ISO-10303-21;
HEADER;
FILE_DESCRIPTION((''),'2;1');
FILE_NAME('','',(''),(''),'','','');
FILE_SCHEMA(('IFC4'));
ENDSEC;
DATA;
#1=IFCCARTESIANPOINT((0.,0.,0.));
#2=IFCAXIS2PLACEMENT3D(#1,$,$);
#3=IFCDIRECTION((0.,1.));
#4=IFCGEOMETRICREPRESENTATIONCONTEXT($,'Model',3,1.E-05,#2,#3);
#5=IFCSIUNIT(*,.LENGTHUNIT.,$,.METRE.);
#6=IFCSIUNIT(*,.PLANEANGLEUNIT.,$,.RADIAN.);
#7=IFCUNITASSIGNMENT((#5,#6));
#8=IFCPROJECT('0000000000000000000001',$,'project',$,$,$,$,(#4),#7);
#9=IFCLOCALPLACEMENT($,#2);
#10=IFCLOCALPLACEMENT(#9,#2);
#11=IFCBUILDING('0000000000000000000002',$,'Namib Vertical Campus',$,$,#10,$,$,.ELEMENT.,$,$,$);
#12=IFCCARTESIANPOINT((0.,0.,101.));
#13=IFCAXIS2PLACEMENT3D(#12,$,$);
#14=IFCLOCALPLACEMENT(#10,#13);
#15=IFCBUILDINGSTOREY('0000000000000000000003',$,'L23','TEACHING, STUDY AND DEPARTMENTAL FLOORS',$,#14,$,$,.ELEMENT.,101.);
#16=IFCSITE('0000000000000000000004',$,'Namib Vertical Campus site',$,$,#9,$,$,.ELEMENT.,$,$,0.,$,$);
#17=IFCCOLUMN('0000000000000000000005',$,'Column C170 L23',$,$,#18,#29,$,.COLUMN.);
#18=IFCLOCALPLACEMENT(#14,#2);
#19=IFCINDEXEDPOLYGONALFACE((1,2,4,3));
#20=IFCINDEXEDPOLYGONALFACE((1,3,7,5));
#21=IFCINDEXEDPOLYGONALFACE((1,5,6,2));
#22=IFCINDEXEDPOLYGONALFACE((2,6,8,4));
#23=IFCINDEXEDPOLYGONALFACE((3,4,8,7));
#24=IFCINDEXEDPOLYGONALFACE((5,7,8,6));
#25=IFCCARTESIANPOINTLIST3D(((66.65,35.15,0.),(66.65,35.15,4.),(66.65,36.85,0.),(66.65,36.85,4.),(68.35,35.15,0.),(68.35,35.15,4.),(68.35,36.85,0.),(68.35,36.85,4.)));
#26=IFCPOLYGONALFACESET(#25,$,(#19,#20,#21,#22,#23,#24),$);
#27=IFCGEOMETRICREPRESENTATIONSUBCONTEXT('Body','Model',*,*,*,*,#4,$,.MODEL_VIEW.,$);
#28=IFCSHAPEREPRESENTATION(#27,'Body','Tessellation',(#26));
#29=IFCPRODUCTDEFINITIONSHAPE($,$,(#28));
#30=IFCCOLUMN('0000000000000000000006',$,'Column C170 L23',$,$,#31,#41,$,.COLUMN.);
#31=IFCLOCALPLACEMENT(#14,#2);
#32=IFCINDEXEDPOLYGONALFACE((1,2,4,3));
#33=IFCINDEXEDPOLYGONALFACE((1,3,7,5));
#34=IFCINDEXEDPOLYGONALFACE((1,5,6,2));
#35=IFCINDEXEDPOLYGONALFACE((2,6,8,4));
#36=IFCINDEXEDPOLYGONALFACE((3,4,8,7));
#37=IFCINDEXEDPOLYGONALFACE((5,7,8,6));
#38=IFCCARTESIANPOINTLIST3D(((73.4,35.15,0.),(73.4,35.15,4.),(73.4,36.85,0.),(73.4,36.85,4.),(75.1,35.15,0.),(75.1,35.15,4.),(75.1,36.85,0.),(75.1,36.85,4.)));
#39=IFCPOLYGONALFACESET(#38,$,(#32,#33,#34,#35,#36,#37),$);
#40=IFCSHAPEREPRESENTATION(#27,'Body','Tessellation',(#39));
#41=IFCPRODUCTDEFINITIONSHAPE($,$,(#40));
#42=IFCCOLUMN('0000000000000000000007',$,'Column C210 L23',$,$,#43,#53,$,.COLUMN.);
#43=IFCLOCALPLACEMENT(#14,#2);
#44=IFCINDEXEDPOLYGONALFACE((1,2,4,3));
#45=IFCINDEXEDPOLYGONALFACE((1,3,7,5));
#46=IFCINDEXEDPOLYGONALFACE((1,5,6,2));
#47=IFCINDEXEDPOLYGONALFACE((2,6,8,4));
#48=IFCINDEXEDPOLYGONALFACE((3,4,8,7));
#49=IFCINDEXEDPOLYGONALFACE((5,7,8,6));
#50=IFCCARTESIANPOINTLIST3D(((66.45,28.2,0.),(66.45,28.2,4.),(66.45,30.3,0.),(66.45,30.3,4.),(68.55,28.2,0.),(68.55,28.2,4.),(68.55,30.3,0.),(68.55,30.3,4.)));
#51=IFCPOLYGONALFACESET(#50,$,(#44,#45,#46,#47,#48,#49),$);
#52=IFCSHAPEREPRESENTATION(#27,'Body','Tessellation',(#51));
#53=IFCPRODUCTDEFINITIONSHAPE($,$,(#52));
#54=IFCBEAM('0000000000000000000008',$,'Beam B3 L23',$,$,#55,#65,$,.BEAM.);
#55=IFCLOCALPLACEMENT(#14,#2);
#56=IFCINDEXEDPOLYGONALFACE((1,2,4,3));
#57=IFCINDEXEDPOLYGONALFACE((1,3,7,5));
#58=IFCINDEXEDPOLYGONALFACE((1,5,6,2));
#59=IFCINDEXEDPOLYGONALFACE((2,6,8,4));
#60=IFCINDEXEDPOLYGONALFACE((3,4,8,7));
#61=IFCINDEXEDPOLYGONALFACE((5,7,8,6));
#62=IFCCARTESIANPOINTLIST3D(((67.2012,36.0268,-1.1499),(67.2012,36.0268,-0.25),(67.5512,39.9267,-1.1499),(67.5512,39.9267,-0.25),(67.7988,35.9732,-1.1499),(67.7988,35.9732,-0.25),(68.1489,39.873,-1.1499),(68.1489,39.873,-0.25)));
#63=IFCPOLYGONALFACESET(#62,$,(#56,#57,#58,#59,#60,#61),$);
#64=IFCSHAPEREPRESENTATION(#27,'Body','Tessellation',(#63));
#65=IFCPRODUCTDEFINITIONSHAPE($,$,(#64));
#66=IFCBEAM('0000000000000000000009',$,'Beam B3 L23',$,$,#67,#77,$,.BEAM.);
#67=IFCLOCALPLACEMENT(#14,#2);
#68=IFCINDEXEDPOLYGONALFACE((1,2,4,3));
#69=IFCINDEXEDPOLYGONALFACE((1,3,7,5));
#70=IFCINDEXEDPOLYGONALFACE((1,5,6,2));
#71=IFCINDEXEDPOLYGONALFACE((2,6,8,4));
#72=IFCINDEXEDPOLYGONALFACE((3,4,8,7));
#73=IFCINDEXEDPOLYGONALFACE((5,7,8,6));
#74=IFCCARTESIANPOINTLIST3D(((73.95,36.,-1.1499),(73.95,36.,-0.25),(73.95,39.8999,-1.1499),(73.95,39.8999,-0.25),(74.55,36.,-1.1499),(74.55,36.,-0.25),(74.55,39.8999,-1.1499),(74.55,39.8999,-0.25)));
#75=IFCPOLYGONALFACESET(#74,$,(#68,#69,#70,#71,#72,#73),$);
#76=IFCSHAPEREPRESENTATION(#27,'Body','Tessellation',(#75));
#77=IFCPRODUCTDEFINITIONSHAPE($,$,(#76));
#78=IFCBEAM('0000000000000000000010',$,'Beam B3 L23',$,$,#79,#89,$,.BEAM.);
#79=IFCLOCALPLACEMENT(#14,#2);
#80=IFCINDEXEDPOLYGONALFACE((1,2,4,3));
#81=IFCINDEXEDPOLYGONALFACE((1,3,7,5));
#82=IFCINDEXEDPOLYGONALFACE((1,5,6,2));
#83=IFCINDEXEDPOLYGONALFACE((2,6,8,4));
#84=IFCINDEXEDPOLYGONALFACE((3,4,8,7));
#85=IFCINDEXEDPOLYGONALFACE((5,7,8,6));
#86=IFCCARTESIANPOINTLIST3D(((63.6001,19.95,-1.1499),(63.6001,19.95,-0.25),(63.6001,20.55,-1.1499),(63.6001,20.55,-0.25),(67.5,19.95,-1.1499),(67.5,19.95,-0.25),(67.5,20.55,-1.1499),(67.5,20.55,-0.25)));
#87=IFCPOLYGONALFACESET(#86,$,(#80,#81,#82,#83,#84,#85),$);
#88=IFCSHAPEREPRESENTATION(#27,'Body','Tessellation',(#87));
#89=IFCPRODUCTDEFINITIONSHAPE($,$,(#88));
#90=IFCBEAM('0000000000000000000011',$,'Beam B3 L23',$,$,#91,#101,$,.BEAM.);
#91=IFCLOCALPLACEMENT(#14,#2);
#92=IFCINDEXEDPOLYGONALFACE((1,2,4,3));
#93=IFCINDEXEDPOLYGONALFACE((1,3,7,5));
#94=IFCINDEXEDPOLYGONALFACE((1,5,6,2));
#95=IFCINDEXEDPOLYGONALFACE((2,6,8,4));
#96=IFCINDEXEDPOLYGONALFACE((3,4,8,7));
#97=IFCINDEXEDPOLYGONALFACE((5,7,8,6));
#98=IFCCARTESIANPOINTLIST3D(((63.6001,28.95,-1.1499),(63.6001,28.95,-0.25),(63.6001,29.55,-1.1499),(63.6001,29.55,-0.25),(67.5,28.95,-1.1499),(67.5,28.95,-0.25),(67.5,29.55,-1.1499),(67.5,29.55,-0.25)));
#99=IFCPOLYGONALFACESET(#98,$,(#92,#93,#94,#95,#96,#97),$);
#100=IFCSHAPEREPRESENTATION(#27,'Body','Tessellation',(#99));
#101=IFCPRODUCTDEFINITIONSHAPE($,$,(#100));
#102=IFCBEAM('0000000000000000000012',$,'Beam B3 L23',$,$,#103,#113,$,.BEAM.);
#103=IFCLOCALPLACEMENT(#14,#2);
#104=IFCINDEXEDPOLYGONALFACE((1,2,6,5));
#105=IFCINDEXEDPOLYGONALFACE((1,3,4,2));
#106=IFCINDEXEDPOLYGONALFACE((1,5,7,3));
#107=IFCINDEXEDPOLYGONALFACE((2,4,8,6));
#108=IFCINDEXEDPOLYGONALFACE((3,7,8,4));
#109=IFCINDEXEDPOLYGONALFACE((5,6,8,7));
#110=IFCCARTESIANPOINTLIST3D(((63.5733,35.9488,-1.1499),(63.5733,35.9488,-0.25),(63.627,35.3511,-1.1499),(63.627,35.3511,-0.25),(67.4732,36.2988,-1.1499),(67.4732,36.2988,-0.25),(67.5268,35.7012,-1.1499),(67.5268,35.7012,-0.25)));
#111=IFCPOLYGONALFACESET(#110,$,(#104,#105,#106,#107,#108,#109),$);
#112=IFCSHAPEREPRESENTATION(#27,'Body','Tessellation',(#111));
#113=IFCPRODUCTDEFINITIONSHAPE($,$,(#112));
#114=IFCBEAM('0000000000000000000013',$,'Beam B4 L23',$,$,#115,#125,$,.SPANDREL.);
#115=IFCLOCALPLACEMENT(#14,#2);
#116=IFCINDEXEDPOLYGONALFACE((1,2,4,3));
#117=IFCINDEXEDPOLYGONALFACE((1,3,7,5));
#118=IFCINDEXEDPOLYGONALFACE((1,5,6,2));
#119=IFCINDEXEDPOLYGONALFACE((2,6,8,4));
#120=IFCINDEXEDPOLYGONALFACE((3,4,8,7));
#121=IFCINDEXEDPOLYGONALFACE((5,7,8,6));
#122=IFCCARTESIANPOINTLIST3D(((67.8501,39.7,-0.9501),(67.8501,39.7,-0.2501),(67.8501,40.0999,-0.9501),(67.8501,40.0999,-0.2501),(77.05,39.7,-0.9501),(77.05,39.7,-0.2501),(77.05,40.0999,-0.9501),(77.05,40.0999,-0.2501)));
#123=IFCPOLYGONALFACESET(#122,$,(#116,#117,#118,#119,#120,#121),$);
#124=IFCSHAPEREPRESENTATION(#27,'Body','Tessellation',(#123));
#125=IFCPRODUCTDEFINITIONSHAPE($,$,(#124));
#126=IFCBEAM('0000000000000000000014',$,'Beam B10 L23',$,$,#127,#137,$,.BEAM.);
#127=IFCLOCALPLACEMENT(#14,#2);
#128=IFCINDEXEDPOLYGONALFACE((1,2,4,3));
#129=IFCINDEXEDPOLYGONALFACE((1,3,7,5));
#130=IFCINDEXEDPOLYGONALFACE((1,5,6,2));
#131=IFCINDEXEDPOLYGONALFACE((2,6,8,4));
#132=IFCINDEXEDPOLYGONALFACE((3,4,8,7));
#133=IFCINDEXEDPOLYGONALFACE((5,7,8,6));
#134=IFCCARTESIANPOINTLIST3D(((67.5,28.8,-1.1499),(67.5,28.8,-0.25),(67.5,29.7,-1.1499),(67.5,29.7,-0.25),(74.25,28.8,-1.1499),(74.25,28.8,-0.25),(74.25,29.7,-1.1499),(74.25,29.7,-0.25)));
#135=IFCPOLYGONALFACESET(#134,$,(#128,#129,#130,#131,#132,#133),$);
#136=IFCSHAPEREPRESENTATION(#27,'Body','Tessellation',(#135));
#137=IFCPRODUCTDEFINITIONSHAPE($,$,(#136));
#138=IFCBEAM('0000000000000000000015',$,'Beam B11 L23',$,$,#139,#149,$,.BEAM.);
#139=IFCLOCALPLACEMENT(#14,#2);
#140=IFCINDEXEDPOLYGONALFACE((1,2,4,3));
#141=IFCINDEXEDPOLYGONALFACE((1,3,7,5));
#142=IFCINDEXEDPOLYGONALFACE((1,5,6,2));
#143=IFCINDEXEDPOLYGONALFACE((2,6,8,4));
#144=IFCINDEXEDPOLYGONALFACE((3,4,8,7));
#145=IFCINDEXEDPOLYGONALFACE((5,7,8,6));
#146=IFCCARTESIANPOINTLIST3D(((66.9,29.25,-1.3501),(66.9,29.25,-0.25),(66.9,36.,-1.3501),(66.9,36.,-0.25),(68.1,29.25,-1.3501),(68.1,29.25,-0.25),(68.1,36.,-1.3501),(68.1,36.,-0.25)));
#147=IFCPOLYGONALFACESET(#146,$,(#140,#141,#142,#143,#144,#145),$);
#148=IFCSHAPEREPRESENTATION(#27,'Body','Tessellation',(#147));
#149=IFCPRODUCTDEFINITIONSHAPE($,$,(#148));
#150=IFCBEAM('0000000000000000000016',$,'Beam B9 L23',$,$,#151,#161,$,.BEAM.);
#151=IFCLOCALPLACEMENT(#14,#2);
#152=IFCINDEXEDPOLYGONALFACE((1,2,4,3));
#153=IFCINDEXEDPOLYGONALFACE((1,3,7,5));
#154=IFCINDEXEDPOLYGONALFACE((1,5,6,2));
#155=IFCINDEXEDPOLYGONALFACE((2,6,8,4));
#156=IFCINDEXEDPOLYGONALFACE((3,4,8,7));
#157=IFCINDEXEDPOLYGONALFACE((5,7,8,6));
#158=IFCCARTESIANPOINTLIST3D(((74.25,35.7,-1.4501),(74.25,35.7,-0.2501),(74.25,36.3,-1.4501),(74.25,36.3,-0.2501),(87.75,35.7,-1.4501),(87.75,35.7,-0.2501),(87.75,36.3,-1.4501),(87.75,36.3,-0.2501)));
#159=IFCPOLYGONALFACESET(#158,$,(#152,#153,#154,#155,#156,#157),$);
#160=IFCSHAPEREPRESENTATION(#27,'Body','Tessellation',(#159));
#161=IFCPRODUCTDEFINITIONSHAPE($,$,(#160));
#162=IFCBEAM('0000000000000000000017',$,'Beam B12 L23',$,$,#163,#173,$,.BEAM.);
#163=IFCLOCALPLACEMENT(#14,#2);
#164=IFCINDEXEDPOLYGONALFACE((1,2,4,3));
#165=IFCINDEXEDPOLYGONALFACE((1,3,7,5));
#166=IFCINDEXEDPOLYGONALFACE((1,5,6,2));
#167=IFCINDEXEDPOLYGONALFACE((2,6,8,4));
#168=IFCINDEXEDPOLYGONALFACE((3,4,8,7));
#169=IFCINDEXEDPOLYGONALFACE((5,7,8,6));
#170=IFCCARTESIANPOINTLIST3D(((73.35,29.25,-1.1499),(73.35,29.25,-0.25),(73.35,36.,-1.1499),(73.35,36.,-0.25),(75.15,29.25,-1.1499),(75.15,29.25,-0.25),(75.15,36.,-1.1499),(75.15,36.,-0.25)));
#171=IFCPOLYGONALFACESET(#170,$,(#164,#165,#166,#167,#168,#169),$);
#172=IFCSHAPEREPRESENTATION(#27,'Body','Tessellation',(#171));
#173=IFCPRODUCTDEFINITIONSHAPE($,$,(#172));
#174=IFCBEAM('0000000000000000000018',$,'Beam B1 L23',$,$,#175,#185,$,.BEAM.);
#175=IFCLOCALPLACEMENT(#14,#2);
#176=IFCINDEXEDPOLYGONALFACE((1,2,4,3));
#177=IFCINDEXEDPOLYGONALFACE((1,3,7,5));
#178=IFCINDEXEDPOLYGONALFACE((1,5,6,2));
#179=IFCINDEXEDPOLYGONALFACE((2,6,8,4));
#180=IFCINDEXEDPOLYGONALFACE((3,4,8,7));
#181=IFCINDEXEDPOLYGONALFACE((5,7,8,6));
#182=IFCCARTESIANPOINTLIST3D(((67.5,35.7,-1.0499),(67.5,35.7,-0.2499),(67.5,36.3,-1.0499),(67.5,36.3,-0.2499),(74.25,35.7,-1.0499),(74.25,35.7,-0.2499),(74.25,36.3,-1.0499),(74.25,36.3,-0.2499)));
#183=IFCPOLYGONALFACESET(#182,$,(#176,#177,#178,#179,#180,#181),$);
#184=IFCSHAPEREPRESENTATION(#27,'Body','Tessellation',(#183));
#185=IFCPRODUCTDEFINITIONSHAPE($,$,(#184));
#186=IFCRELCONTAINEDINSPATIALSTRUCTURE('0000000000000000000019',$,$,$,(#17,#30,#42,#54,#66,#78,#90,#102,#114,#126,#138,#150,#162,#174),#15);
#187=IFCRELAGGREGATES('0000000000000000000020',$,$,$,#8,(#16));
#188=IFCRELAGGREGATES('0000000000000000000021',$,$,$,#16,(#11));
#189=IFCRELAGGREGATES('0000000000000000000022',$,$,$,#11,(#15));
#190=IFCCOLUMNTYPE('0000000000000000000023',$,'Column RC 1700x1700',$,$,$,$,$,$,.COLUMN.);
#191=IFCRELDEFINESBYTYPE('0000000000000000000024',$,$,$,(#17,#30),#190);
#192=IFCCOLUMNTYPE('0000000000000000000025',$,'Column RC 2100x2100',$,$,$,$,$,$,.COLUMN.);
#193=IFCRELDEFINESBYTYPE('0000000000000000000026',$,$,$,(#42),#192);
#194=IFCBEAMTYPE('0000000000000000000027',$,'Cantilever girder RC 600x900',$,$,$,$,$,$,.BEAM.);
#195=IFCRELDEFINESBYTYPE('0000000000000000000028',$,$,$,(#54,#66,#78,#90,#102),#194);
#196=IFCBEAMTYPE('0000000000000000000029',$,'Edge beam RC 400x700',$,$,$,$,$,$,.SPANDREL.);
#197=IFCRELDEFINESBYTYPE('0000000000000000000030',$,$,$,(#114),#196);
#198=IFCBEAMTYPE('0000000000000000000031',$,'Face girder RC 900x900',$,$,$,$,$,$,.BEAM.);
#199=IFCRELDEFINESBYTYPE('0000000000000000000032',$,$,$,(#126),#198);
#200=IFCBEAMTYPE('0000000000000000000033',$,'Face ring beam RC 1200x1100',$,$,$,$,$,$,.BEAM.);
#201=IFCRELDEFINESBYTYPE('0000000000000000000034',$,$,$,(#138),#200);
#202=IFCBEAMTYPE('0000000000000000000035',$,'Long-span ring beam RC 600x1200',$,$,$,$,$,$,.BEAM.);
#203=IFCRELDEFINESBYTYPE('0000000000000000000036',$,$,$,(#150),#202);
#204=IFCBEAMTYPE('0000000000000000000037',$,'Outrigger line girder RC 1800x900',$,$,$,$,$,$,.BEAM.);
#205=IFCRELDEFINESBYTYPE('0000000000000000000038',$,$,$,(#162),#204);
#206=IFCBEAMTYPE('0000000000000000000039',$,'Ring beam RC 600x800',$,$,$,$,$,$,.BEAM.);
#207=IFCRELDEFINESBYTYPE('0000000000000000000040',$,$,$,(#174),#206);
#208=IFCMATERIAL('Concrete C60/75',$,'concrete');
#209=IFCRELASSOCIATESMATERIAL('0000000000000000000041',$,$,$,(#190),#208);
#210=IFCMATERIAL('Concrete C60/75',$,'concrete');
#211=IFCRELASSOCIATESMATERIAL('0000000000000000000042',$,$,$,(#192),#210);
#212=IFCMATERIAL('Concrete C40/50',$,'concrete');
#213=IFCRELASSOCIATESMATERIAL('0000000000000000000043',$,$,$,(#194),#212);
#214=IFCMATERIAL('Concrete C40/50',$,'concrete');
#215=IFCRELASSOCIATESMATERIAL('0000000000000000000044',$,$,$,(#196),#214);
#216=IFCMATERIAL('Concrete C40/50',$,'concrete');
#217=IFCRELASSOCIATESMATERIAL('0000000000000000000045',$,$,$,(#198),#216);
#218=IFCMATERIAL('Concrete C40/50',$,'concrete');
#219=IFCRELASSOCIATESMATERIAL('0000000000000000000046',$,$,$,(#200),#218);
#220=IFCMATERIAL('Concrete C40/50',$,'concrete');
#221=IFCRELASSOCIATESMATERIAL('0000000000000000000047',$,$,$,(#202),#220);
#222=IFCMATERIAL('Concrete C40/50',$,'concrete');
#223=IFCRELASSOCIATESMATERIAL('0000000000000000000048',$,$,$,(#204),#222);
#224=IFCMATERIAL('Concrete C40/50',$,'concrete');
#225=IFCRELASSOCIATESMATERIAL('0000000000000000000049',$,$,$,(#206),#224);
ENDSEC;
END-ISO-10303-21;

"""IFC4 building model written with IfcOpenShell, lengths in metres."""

from ifc_helpers import new_model, si_unit, direction, frame, origin, origin_2d, place, context, subcontext, project, spatial, rectangle, extrude, material, material_profile, profile_set, type_object, element, save


model = new_model("IFC4")

# Units and contexts
model_context = context("Model", 3, precision=1e-05, world=origin(), true_north=direction((0.0, 1.0)))
body_context = subcontext(model_context, "Body", "Model", "MODEL_VIEW")
ifc_project = project(units=[si_unit("LENGTHUNIT", "METRE"), si_unit("PLANEANGLEUNIT", "RADIAN")], contexts=[model_context])

# Site, building, storey
site_placement = place(None, origin())
site = spatial("IfcSite", under=ifc_project, at=site_placement, Name="Namib Vertical Campus site", CompositionType="ELEMENT", RefElevation=0.0)
building_placement = place(site_placement, origin())
building = spatial("IfcBuilding", under=site, at=building_placement, Name="Namib Vertical Campus", CompositionType="ELEMENT")
storey_placement = place(building_placement, frame((0.0, 0.0, 101.0)))
storey = spatial("IfcBuildingStorey", under=building, at=storey_placement, Name="L23", Description="TEACHING, STUDY AND DEPARTMENTAL FLOORS", CompositionType="ELEMENT", Elevation=101.0)

# Columns
ifc_material_1 = material(Name="Concrete C60/75", Category="concrete")
ifc_material_profile_1 = material_profile(ifc_material_1, rectangle(XDim=1.7, YDim=1.7, at=origin_2d()))
ifc_profile_set_1 = profile_set([ifc_material_profile_1], Name="Concrete C60/75")
column_type_1 = type_object("IfcColumnType", Name="Column RC 1700x1700", PredefinedType="COLUMN", material=ifc_profile_set_1)
for number, where, z_axis, x_axis, name in (
    (1, (67.5, 36.0, 0.0), (0.0, 0.0, 1.0), (1.0, 0.0, 0.0), "Column C170 L23"),
    (2, (74.25, 36.0, 0.0), (0.0, 0.0, 1.0), (1.0, 0.0, 0.0), "Column C170 L23"),
):
    element("IfcColumn", number, at=place(storey_placement, frame(where, z_axis=z_axis, x_axis=x_axis)), inside=storey, type_object=column_type_1, Name=name, PredefinedType="COLUMN", context=body_context, shape_type="SweptSolid", body=[
        extrude(rectangle(XDim=1.7, YDim=1.7, at=origin_2d()), origin(), (0.0, 0.0, 1.0), 4.0),
    ])
ifc_material_2 = material(Name="Concrete C60/75", Category="concrete")
ifc_material_profile_2 = material_profile(ifc_material_2, rectangle(XDim=2.1001, YDim=2.1001, at=origin_2d()))
ifc_profile_set_2 = profile_set([ifc_material_profile_2], Name="Concrete C60/75")
column_type_2 = type_object("IfcColumnType", Name="Column RC 2100x2100", PredefinedType="COLUMN", material=ifc_profile_set_2)
column_placement = place(storey_placement, frame((67.5, 29.25, 0.0), z_axis=(0.0, 0.0, 1.0), x_axis=(1.0, 0.0, 0.0)))
element("IfcColumn", 3, at=column_placement, inside=storey, type_object=column_type_2, Name="Column C210 L23", PredefinedType="COLUMN", context=body_context, shape_type="SweptSolid", body=[
    extrude(rectangle(XDim=2.1001, YDim=2.1001, at=origin_2d()), origin(), (0.0, 0.0, 1.0), 4.0),
])

# Beams
ifc_material_3 = material(Name="Concrete C40/50", Category="concrete")
ifc_material_profile_3 = material_profile(ifc_material_3, rectangle(XDim=0.6001, YDim=0.8999, at=origin_2d()))
ifc_profile_set_3 = profile_set([ifc_material_profile_3], Name="Concrete C40/50")
beam_type_1 = type_object("IfcBeamType", Name="Cantilever girder RC 600x900", PredefinedType="BEAM", material=ifc_profile_set_3)
beam_1_placement = place(storey_placement, frame((67.5, 36.0, -0.7), z_axis=(0.089411, 0.995995, 0.0), x_axis=(-0.995995, 0.089411, 0.0)))
element("IfcBeam", 4, at=beam_1_placement, inside=storey, type_object=beam_type_1, Name="Beam B3 L23", PredefinedType="BEAM", context=body_context, shape_type="SweptSolid", body=[
    extrude(rectangle(XDim=0.6001, YDim=0.8999, at=origin_2d()), origin(), (0.0, 0.0, 1.0), 3.9155),
])
for number, where, z_axis, x_axis, name in (
    (5, (74.25, 36.0, -0.7), (0.0, 1.0, 0.0), (-1.0, 0.0, 0.0), "Beam B3 L23"),
    (6, (67.5, 20.25, -0.7), (-1.0, 0.0, 0.0), (0.0, -1.0, 0.0), "Beam B3 L23"),
    (7, (67.5, 29.25, -0.7), (-1.0, 0.0, 0.0), (0.0, -1.0, 0.0), "Beam B3 L23"),
):
    element("IfcBeam", number, at=place(storey_placement, frame(where, z_axis=z_axis, x_axis=x_axis)), inside=storey, type_object=beam_type_1, Name=name, PredefinedType="BEAM", context=body_context, shape_type="SweptSolid", body=[
        extrude(rectangle(XDim=0.6001, YDim=0.8999, at=origin_2d()), origin(), (0.0, 0.0, 1.0), 3.8999),
    ])
beam_2_placement = place(storey_placement, frame((67.5, 36.0, -0.7), z_axis=(-0.995995, -0.089411, 0.0), x_axis=(0.089411, -0.995995, 0.0)))
element("IfcBeam", 8, at=beam_2_placement, inside=storey, type_object=beam_type_1, Name="Beam B3 L23", PredefinedType="BEAM", context=body_context, shape_type="SweptSolid", body=[
    extrude(rectangle(XDim=0.6001, YDim=0.8999, at=origin_2d()), origin(), (0.0, 0.0, 1.0), 3.9155),
])
ifc_material_4 = material(Name="Concrete C40/50", Category="concrete")
ifc_material_profile_4 = material_profile(ifc_material_4, rectangle(XDim=0.3999, YDim=0.7, at=origin_2d()))
ifc_profile_set_4 = profile_set([ifc_material_profile_4], Name="Concrete C40/50")
beam_type_2 = type_object("IfcBeamType", Name="Edge beam RC 400x700", PredefinedType="SPANDREL", material=ifc_profile_set_4)
beam_3_placement = place(storey_placement, frame((67.8501, 39.8999, -0.6001), z_axis=(1.0, 0.0, 0.0), x_axis=(0.0, 1.0, 0.0)))
element("IfcBeam", 9, at=beam_3_placement, inside=storey, type_object=beam_type_2, Name="Beam B4 L23", PredefinedType="SPANDREL", context=body_context, shape_type="SweptSolid", body=[
    extrude(rectangle(XDim=0.3999, YDim=0.7, at=origin_2d()), origin(), (0.0, 0.0, 1.0), 9.2),
])
ifc_material_5 = material(Name="Concrete C40/50", Category="concrete")
ifc_material_profile_5 = material_profile(ifc_material_5, rectangle(XDim=0.8999, YDim=0.8999, at=origin_2d()))
ifc_profile_set_5 = profile_set([ifc_material_profile_5], Name="Concrete C40/50")
beam_type_3 = type_object("IfcBeamType", Name="Face girder RC 900x900", PredefinedType="BEAM", material=ifc_profile_set_5)
beam_4_placement = place(storey_placement, frame((67.5, 29.25, -0.7), z_axis=(1.0, 0.0, 0.0), x_axis=(0.0, 1.0, 0.0)))
element("IfcBeam", 10, at=beam_4_placement, inside=storey, type_object=beam_type_3, Name="Beam B10 L23", PredefinedType="BEAM", context=body_context, shape_type="SweptSolid", body=[
    extrude(rectangle(XDim=0.8999, YDim=0.8999, at=origin_2d()), origin(), (0.0, 0.0, 1.0), 6.75),
])
ifc_material_6 = material(Name="Concrete C40/50", Category="concrete")
ifc_material_profile_6 = material_profile(ifc_material_6, rectangle(XDim=1.2, YDim=1.1001, at=origin_2d()))
ifc_profile_set_6 = profile_set([ifc_material_profile_6], Name="Concrete C40/50")
beam_type_4 = type_object("IfcBeamType", Name="Face ring beam RC 1200x1100", PredefinedType="BEAM", material=ifc_profile_set_6)
beam_5_placement = place(storey_placement, frame((67.5, 29.25, -0.8), z_axis=(0.0, 1.0, 0.0), x_axis=(-1.0, 0.0, 0.0)))
element("IfcBeam", 11, at=beam_5_placement, inside=storey, type_object=beam_type_4, Name="Beam B11 L23", PredefinedType="BEAM", context=body_context, shape_type="SweptSolid", body=[
    extrude(rectangle(XDim=1.2, YDim=1.1001, at=origin_2d()), origin(), (0.0, 0.0, 1.0), 6.75),
])
ifc_material_7 = material(Name="Concrete C40/50", Category="concrete")
ifc_material_profile_7 = material_profile(ifc_material_7, rectangle(XDim=0.6001, YDim=1.2, at=origin_2d()))
ifc_profile_set_7 = profile_set([ifc_material_profile_7], Name="Concrete C40/50")
beam_type_5 = type_object("IfcBeamType", Name="Long-span ring beam RC 600x1200", PredefinedType="BEAM", material=ifc_profile_set_7)
beam_6_placement = place(storey_placement, frame((74.25, 36.0, -0.8501), z_axis=(1.0, 0.0, 0.0), x_axis=(0.0, 1.0, 0.0)))
element("IfcBeam", 12, at=beam_6_placement, inside=storey, type_object=beam_type_5, Name="Beam B9 L23", PredefinedType="BEAM", context=body_context, shape_type="SweptSolid", body=[
    extrude(rectangle(XDim=0.6001, YDim=1.2, at=origin_2d()), origin(), (0.0, 0.0, 1.0), 13.5),
])
ifc_material_8 = material(Name="Concrete C40/50", Category="concrete")
ifc_material_profile_8 = material_profile(ifc_material_8, rectangle(XDim=1.8, YDim=0.8999, at=origin_2d()))
ifc_profile_set_8 = profile_set([ifc_material_profile_8], Name="Concrete C40/50")
beam_type_6 = type_object("IfcBeamType", Name="Outrigger line girder RC 1800x900", PredefinedType="BEAM", material=ifc_profile_set_8)
beam_7_placement = place(storey_placement, frame((74.25, 36.0, -0.7), z_axis=(0.0, -1.0, 0.0), x_axis=(1.0, 0.0, 0.0)))
element("IfcBeam", 13, at=beam_7_placement, inside=storey, type_object=beam_type_6, Name="Beam B12 L23", PredefinedType="BEAM", context=body_context, shape_type="SweptSolid", body=[
    extrude(rectangle(XDim=1.8, YDim=0.8999, at=origin_2d()), origin(), (0.0, 0.0, 1.0), 6.75),
])
ifc_material_9 = material(Name="Concrete C40/50", Category="concrete")
ifc_material_profile_9 = material_profile(ifc_material_9, rectangle(XDim=0.6001, YDim=0.8, at=origin_2d()))
ifc_profile_set_9 = profile_set([ifc_material_profile_9], Name="Concrete C40/50")
beam_type_7 = type_object("IfcBeamType", Name="Ring beam RC 600x800", PredefinedType="BEAM", material=ifc_profile_set_9)
beam_8_placement = place(storey_placement, frame((67.5, 36.0, -0.6499), z_axis=(1.0, 0.0, 0.0), x_axis=(0.0, 1.0, 0.0)))
element("IfcBeam", 14, at=beam_8_placement, inside=storey, type_object=beam_type_7, Name="Beam B1 L23", PredefinedType="BEAM", context=body_context, shape_type="SweptSolid", body=[
    extrude(rectangle(XDim=0.6001, YDim=0.8, at=origin_2d()), origin(), (0.0, 0.0, 1.0), 6.75),
])

save(model, "model.ifc")
